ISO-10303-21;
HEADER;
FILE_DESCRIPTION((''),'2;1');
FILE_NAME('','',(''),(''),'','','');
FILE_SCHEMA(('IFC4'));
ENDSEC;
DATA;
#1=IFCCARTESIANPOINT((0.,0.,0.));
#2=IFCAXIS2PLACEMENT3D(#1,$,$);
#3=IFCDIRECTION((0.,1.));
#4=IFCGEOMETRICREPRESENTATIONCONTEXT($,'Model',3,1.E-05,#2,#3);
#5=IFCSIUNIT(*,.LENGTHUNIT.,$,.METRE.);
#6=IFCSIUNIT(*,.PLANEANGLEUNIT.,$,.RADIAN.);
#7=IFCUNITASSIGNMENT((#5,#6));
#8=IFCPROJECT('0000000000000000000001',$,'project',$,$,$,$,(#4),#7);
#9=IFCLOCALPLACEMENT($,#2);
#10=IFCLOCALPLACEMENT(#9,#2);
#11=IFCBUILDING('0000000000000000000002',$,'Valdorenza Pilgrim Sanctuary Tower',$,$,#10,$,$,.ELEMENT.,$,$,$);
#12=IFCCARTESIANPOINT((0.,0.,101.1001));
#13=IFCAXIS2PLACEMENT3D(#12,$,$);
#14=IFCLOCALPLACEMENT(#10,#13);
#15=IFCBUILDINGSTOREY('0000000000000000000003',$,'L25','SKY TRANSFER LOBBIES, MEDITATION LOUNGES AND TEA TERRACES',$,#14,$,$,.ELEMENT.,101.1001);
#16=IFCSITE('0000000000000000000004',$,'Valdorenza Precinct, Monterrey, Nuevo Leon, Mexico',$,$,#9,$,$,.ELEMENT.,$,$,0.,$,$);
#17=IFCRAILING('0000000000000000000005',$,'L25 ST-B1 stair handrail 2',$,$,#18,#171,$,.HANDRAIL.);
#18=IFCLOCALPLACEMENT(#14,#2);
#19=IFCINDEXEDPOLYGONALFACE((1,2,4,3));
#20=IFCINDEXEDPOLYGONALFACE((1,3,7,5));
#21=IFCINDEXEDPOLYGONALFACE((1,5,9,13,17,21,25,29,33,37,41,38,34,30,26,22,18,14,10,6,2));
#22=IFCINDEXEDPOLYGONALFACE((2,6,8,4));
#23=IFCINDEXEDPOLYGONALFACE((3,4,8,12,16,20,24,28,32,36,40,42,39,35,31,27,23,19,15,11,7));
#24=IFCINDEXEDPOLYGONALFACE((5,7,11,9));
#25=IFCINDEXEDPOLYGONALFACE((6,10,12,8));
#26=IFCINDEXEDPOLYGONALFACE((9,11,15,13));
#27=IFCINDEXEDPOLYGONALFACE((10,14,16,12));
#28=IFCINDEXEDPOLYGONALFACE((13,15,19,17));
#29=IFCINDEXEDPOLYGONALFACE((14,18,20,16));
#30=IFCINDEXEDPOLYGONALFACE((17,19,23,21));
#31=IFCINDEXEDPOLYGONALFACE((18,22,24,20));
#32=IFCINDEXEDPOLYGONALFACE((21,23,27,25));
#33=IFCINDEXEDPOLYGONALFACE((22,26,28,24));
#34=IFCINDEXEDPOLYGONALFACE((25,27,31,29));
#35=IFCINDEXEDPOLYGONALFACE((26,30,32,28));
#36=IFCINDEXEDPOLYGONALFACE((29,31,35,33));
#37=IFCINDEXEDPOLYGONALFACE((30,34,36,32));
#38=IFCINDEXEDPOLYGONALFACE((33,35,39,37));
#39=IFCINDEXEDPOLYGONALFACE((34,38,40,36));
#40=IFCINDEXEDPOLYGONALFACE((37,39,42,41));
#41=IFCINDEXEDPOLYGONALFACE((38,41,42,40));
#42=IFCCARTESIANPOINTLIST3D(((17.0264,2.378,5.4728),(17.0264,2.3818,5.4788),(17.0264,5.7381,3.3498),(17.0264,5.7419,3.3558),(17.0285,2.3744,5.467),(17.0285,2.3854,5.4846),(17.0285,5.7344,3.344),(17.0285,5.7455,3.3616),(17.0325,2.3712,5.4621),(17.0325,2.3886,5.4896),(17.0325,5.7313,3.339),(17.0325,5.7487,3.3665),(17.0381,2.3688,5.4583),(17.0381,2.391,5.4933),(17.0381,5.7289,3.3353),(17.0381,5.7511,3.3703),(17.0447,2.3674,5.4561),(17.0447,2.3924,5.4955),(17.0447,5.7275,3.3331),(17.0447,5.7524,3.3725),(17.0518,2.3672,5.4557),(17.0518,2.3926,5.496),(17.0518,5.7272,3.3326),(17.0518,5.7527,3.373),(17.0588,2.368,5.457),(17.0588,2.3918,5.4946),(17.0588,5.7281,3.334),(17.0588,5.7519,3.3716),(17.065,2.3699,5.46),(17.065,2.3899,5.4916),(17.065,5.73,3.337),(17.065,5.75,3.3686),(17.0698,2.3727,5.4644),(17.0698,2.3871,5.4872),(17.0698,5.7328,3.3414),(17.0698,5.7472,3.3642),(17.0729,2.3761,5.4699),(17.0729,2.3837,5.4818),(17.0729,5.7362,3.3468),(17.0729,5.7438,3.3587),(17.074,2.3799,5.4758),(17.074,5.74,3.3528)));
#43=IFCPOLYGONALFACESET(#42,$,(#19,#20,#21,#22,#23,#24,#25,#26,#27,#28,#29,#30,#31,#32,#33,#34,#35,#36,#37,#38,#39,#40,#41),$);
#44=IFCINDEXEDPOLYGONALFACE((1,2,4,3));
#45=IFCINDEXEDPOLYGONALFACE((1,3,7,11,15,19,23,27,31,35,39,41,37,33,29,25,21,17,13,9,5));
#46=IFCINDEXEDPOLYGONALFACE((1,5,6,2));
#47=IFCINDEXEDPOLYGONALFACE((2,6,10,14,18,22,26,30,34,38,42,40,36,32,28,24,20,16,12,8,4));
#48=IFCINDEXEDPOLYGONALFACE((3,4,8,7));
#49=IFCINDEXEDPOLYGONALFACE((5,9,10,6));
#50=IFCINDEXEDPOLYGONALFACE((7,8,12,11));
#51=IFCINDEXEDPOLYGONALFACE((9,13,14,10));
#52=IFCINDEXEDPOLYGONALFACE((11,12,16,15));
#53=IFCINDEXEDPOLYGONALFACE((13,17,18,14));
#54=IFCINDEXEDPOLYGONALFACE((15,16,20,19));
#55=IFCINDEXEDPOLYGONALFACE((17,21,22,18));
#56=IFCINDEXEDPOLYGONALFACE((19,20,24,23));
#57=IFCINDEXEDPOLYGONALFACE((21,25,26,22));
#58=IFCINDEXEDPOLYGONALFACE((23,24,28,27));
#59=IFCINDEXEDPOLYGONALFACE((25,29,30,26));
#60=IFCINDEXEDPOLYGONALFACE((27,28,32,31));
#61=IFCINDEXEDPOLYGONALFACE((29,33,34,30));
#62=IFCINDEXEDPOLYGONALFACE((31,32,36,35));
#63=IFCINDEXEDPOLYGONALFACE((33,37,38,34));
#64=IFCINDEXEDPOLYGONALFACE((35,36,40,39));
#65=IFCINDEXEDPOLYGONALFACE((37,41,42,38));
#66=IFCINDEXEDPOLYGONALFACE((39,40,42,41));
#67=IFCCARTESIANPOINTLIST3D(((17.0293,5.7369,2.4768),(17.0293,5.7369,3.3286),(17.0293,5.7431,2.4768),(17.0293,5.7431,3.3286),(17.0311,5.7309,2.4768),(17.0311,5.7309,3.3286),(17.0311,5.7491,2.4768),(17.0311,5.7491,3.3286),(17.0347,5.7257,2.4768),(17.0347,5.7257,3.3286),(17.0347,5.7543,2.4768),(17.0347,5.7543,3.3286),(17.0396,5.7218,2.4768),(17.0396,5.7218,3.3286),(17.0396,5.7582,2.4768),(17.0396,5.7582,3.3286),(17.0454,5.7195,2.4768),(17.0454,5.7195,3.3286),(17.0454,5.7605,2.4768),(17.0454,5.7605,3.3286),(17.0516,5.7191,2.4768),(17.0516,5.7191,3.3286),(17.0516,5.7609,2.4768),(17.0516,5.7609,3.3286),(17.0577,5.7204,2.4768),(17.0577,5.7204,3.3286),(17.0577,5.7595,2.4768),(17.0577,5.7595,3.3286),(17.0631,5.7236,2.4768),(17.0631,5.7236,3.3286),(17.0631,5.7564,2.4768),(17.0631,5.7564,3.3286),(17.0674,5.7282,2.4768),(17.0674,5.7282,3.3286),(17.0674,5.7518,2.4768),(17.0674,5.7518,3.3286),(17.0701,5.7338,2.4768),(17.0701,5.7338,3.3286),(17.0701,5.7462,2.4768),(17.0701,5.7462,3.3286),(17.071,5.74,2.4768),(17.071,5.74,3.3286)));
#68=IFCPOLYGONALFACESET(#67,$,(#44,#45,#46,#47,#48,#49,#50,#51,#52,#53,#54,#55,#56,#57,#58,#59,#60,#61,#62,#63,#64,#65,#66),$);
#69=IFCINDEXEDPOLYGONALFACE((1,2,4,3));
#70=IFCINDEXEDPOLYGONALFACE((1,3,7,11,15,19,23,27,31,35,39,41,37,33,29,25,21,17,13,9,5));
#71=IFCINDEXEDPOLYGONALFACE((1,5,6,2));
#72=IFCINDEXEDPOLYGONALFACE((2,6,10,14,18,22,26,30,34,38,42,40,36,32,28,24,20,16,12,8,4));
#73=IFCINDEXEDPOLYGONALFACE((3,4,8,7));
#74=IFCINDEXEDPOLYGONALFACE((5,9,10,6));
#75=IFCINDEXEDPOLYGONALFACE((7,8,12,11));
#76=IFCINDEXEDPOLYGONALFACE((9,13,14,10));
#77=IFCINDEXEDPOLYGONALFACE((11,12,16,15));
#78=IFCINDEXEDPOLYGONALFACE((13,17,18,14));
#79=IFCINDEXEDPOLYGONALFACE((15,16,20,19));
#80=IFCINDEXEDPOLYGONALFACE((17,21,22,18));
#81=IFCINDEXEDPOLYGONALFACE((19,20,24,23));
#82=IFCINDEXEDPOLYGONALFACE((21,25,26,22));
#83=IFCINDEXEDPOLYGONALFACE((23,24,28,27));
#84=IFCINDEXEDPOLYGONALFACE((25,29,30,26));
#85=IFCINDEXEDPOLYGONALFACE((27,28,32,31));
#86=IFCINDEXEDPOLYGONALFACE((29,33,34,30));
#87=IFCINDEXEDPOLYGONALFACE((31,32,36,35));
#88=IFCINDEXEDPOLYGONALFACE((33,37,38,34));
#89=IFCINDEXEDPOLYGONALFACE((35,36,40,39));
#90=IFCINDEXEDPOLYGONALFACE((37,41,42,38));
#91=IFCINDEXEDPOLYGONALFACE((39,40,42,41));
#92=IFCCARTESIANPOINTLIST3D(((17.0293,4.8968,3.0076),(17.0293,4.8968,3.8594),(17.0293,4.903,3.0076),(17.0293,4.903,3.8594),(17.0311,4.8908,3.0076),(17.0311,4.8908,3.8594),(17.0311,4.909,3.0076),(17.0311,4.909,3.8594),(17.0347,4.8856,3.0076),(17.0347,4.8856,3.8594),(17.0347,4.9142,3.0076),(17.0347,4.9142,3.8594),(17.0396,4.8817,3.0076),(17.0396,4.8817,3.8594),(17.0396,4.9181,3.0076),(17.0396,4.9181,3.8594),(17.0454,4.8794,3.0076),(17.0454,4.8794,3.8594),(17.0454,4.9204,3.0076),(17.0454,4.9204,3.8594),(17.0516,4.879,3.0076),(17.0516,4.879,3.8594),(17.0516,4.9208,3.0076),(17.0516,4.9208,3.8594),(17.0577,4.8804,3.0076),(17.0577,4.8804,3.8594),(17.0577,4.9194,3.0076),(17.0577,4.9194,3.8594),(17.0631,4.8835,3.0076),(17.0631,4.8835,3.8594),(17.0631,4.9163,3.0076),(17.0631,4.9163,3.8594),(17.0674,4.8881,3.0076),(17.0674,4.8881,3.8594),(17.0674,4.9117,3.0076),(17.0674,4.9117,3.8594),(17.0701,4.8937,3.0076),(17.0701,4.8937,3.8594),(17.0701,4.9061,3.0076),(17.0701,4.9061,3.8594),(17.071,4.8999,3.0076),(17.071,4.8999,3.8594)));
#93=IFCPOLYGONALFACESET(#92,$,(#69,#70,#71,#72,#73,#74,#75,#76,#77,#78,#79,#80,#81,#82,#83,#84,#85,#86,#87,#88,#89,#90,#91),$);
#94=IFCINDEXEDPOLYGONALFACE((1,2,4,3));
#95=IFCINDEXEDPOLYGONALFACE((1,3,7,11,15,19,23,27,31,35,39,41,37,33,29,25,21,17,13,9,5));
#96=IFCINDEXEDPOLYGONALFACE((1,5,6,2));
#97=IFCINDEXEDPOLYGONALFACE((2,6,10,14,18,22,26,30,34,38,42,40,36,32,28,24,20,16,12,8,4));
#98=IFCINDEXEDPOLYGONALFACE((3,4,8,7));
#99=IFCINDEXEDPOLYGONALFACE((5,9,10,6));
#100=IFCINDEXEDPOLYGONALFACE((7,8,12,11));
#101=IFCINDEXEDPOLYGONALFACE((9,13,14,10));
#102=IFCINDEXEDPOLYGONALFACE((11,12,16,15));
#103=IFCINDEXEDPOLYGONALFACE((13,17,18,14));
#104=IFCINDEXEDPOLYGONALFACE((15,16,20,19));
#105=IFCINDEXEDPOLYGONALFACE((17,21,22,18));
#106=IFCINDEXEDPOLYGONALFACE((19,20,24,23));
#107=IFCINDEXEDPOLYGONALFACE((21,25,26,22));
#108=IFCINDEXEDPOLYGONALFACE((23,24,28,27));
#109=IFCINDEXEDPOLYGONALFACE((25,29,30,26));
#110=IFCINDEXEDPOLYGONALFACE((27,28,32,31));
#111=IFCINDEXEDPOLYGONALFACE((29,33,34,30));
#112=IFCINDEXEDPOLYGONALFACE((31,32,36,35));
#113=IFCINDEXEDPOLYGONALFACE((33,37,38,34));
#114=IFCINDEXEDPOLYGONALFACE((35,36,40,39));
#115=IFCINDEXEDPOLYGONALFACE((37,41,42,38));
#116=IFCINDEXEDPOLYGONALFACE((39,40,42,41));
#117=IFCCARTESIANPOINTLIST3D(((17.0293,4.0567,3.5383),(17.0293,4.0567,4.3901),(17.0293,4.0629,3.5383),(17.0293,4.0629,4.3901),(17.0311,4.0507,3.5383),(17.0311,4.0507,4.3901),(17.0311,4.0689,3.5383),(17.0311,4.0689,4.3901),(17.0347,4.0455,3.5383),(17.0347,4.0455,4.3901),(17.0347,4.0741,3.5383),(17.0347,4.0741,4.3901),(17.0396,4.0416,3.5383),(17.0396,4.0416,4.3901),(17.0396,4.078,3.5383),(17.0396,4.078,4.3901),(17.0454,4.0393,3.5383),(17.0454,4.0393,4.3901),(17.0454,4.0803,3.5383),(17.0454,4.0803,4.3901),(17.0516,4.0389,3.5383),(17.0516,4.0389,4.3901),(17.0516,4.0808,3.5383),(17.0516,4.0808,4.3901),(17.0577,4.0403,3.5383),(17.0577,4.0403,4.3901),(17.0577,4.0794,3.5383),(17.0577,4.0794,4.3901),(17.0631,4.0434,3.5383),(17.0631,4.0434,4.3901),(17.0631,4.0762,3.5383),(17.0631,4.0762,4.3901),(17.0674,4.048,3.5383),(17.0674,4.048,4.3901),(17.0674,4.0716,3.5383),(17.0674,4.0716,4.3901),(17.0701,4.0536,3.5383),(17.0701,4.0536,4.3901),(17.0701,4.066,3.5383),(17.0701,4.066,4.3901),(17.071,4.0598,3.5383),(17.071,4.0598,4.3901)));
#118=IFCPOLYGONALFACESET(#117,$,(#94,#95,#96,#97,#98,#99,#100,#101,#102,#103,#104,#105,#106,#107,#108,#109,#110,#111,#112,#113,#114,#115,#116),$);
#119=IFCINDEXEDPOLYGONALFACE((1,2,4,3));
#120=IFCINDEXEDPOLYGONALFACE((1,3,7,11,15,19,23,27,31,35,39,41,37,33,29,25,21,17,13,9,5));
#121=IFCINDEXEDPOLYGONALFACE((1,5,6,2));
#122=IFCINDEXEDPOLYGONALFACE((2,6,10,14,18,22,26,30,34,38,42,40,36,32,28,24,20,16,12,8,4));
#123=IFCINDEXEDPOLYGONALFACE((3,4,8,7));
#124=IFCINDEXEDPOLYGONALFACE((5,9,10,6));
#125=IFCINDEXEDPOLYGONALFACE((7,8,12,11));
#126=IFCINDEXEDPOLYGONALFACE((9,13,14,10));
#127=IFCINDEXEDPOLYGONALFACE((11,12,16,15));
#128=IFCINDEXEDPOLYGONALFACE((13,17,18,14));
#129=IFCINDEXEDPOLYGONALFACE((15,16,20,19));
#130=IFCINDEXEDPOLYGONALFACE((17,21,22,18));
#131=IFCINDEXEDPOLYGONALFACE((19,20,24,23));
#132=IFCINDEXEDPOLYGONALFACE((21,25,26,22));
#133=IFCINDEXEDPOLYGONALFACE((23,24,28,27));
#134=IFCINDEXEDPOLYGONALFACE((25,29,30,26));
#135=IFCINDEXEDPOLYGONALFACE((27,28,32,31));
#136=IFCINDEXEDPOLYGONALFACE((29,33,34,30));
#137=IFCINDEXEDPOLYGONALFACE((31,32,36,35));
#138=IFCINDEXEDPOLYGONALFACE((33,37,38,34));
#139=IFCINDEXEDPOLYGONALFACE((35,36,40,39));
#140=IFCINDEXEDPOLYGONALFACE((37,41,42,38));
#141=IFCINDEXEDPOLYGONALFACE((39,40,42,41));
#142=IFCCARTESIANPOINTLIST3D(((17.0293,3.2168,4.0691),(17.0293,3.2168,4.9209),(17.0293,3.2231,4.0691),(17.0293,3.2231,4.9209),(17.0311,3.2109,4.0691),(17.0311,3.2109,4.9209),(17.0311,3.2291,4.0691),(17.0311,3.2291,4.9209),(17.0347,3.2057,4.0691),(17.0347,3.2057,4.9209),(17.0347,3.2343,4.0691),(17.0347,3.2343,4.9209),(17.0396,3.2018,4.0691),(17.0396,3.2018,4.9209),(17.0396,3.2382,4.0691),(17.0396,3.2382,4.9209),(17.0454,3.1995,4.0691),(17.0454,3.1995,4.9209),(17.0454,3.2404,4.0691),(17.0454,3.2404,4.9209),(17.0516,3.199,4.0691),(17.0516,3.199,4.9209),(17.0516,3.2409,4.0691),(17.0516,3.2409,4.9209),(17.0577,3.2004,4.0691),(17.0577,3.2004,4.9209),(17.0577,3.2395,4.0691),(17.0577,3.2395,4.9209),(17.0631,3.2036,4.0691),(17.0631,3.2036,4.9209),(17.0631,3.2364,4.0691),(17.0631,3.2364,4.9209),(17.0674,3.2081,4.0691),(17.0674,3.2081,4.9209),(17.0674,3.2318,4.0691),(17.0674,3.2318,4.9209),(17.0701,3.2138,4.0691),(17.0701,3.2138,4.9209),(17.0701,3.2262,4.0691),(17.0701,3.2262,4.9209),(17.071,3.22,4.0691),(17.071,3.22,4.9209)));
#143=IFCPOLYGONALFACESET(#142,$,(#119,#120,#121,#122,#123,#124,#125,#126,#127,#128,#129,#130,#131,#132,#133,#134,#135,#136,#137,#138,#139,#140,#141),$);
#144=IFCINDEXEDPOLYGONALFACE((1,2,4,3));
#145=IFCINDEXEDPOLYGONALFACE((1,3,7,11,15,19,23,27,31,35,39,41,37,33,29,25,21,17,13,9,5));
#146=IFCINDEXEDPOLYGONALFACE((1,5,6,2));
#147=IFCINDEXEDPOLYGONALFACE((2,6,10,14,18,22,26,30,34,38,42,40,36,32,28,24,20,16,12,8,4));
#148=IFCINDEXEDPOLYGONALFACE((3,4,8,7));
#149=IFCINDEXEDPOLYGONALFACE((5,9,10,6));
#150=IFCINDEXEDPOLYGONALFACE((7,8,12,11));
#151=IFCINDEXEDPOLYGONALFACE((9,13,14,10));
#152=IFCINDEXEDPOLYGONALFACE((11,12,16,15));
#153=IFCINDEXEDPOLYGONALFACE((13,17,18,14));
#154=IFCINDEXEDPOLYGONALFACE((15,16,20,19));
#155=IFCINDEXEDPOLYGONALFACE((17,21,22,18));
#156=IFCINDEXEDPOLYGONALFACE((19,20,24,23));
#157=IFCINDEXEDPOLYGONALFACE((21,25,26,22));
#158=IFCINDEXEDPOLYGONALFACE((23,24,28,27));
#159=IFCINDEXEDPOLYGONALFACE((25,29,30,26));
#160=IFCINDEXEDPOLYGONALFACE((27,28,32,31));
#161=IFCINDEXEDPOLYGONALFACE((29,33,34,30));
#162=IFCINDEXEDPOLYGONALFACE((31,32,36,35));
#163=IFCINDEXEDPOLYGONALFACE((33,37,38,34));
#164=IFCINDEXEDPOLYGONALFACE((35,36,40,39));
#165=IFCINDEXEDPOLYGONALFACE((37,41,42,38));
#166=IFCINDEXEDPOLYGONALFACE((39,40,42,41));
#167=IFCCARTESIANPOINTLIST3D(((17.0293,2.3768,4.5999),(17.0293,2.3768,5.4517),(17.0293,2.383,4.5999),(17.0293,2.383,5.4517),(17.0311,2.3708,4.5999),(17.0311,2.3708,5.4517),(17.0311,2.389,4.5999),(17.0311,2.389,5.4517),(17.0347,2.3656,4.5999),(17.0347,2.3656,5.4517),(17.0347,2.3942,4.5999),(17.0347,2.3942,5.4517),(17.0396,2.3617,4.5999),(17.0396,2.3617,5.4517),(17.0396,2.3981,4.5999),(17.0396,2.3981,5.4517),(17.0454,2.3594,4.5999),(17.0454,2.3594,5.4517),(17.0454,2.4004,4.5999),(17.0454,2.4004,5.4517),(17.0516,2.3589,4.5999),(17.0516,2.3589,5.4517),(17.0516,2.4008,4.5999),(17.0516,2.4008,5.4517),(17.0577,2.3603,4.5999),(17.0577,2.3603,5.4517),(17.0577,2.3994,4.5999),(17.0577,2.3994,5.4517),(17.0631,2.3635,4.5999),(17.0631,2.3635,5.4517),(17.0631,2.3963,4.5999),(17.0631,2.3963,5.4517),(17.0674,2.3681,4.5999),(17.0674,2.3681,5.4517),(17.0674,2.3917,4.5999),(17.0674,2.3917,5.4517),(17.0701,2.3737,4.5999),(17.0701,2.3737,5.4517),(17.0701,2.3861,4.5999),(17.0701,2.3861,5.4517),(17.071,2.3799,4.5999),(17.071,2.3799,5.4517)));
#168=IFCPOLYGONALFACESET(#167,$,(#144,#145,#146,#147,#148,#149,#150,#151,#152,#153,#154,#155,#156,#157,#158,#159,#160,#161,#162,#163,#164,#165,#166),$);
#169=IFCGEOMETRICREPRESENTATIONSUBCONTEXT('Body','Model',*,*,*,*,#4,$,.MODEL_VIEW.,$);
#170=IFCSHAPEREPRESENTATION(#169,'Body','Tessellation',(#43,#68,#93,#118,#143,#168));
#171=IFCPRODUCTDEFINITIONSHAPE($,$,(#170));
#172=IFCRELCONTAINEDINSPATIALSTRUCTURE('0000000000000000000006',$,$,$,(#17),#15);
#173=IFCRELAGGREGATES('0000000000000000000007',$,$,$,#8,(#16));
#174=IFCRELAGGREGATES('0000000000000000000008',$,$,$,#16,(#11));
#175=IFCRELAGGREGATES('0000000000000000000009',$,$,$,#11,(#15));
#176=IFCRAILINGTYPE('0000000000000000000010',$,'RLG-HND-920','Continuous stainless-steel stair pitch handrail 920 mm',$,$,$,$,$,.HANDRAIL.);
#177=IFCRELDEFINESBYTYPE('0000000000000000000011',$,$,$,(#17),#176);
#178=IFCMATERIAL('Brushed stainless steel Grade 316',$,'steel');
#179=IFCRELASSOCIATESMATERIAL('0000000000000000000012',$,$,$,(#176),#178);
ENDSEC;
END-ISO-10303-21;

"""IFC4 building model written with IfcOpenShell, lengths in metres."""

from ifc_helpers import new_model, si_unit, direction, frame, origin, origin_2d, place, context, subcontext, project, spatial, circle, extrude, material, type_object, element, save


model = new_model("IFC4")

# Units and contexts
model_context = context("Model", 3, precision=1e-05, world=origin(), true_north=direction((0.0, 1.0)))
body_context = subcontext(model_context, "Body", "Model", "MODEL_VIEW")
ifc_project = project(units=[si_unit("LENGTHUNIT", "METRE"), si_unit("PLANEANGLEUNIT", "RADIAN")], contexts=[model_context])

# Site, building, storey
site_placement = place(None, origin())
site = spatial("IfcSite", under=ifc_project, at=site_placement, Name="Valdorenza Precinct, Monterrey, Nuevo Leon, Mexico", CompositionType="ELEMENT", RefElevation=0.0)
building_placement = place(site_placement, origin())
building = spatial("IfcBuilding", under=site, at=building_placement, Name="Valdorenza Pilgrim Sanctuary Tower", CompositionType="ELEMENT")
storey_placement = place(building_placement, frame((0.0, 0.0, 101.1001)))
storey = spatial("IfcBuildingStorey", under=building, at=storey_placement, Name="L25", Description="SKY TRANSFER LOBBIES, MEDITATION LOUNGES AND TEA TERRACES", CompositionType="ELEMENT", Elevation=101.1001)

# Shared definitions
ifc_material_1 = material(Name="Brushed stainless steel Grade 316", Category="steel")

# Railing
railing_type_1 = type_object("IfcRailingType", Name="RLG-HND-920", Description="Continuous stainless-steel stair pitch handrail 920 mm", PredefinedType="HANDRAIL", material=ifc_material_1)
railing_1_placement = place(storey_placement, frame((17.05, 5.74, 2.4768)))
element("IfcRailing", 1, at=railing_1_placement, inside=storey, type_object=railing_type_1, Name="L25 ST-B1 stair handrail 2", PredefinedType="HANDRAIL", context=body_context, shape_type="SweptSolid", body=[
    extrude(circle(Radius=0.0239, at=origin_2d()), frame((0.0, 0.0, 0.876), z_axis=(0.0, -0.84539, 0.53415), x_axis=(1.0, 0.0, 0.0)), (0.0, 0.0, 1.0), 3.9746),
    extrude(circle(Radius=0.021, at=origin_2d()), origin(), (0.0, 0.0, 1.0), 0.8518),
    extrude(circle(Radius=0.021, at=origin_2d()), frame((0.0, -0.8401, 0.5308)), (0.0, 0.0, 1.0), 0.8518),
    extrude(circle(Radius=0.021, at=origin_2d()), frame((0.0, -1.6802, 1.0615)), (0.0, 0.0, 1.0), 0.8518),
    extrude(circle(Radius=0.021, at=origin_2d()), frame((0.0, -2.52, 1.5923)), (0.0, 0.0, 1.0), 0.8518),
    extrude(circle(Radius=0.021, at=origin_2d()), frame((0.0, -3.3601, 2.123)), (0.0, 0.0, 1.0), 0.8518),
])

save(model, "model.ifc")
